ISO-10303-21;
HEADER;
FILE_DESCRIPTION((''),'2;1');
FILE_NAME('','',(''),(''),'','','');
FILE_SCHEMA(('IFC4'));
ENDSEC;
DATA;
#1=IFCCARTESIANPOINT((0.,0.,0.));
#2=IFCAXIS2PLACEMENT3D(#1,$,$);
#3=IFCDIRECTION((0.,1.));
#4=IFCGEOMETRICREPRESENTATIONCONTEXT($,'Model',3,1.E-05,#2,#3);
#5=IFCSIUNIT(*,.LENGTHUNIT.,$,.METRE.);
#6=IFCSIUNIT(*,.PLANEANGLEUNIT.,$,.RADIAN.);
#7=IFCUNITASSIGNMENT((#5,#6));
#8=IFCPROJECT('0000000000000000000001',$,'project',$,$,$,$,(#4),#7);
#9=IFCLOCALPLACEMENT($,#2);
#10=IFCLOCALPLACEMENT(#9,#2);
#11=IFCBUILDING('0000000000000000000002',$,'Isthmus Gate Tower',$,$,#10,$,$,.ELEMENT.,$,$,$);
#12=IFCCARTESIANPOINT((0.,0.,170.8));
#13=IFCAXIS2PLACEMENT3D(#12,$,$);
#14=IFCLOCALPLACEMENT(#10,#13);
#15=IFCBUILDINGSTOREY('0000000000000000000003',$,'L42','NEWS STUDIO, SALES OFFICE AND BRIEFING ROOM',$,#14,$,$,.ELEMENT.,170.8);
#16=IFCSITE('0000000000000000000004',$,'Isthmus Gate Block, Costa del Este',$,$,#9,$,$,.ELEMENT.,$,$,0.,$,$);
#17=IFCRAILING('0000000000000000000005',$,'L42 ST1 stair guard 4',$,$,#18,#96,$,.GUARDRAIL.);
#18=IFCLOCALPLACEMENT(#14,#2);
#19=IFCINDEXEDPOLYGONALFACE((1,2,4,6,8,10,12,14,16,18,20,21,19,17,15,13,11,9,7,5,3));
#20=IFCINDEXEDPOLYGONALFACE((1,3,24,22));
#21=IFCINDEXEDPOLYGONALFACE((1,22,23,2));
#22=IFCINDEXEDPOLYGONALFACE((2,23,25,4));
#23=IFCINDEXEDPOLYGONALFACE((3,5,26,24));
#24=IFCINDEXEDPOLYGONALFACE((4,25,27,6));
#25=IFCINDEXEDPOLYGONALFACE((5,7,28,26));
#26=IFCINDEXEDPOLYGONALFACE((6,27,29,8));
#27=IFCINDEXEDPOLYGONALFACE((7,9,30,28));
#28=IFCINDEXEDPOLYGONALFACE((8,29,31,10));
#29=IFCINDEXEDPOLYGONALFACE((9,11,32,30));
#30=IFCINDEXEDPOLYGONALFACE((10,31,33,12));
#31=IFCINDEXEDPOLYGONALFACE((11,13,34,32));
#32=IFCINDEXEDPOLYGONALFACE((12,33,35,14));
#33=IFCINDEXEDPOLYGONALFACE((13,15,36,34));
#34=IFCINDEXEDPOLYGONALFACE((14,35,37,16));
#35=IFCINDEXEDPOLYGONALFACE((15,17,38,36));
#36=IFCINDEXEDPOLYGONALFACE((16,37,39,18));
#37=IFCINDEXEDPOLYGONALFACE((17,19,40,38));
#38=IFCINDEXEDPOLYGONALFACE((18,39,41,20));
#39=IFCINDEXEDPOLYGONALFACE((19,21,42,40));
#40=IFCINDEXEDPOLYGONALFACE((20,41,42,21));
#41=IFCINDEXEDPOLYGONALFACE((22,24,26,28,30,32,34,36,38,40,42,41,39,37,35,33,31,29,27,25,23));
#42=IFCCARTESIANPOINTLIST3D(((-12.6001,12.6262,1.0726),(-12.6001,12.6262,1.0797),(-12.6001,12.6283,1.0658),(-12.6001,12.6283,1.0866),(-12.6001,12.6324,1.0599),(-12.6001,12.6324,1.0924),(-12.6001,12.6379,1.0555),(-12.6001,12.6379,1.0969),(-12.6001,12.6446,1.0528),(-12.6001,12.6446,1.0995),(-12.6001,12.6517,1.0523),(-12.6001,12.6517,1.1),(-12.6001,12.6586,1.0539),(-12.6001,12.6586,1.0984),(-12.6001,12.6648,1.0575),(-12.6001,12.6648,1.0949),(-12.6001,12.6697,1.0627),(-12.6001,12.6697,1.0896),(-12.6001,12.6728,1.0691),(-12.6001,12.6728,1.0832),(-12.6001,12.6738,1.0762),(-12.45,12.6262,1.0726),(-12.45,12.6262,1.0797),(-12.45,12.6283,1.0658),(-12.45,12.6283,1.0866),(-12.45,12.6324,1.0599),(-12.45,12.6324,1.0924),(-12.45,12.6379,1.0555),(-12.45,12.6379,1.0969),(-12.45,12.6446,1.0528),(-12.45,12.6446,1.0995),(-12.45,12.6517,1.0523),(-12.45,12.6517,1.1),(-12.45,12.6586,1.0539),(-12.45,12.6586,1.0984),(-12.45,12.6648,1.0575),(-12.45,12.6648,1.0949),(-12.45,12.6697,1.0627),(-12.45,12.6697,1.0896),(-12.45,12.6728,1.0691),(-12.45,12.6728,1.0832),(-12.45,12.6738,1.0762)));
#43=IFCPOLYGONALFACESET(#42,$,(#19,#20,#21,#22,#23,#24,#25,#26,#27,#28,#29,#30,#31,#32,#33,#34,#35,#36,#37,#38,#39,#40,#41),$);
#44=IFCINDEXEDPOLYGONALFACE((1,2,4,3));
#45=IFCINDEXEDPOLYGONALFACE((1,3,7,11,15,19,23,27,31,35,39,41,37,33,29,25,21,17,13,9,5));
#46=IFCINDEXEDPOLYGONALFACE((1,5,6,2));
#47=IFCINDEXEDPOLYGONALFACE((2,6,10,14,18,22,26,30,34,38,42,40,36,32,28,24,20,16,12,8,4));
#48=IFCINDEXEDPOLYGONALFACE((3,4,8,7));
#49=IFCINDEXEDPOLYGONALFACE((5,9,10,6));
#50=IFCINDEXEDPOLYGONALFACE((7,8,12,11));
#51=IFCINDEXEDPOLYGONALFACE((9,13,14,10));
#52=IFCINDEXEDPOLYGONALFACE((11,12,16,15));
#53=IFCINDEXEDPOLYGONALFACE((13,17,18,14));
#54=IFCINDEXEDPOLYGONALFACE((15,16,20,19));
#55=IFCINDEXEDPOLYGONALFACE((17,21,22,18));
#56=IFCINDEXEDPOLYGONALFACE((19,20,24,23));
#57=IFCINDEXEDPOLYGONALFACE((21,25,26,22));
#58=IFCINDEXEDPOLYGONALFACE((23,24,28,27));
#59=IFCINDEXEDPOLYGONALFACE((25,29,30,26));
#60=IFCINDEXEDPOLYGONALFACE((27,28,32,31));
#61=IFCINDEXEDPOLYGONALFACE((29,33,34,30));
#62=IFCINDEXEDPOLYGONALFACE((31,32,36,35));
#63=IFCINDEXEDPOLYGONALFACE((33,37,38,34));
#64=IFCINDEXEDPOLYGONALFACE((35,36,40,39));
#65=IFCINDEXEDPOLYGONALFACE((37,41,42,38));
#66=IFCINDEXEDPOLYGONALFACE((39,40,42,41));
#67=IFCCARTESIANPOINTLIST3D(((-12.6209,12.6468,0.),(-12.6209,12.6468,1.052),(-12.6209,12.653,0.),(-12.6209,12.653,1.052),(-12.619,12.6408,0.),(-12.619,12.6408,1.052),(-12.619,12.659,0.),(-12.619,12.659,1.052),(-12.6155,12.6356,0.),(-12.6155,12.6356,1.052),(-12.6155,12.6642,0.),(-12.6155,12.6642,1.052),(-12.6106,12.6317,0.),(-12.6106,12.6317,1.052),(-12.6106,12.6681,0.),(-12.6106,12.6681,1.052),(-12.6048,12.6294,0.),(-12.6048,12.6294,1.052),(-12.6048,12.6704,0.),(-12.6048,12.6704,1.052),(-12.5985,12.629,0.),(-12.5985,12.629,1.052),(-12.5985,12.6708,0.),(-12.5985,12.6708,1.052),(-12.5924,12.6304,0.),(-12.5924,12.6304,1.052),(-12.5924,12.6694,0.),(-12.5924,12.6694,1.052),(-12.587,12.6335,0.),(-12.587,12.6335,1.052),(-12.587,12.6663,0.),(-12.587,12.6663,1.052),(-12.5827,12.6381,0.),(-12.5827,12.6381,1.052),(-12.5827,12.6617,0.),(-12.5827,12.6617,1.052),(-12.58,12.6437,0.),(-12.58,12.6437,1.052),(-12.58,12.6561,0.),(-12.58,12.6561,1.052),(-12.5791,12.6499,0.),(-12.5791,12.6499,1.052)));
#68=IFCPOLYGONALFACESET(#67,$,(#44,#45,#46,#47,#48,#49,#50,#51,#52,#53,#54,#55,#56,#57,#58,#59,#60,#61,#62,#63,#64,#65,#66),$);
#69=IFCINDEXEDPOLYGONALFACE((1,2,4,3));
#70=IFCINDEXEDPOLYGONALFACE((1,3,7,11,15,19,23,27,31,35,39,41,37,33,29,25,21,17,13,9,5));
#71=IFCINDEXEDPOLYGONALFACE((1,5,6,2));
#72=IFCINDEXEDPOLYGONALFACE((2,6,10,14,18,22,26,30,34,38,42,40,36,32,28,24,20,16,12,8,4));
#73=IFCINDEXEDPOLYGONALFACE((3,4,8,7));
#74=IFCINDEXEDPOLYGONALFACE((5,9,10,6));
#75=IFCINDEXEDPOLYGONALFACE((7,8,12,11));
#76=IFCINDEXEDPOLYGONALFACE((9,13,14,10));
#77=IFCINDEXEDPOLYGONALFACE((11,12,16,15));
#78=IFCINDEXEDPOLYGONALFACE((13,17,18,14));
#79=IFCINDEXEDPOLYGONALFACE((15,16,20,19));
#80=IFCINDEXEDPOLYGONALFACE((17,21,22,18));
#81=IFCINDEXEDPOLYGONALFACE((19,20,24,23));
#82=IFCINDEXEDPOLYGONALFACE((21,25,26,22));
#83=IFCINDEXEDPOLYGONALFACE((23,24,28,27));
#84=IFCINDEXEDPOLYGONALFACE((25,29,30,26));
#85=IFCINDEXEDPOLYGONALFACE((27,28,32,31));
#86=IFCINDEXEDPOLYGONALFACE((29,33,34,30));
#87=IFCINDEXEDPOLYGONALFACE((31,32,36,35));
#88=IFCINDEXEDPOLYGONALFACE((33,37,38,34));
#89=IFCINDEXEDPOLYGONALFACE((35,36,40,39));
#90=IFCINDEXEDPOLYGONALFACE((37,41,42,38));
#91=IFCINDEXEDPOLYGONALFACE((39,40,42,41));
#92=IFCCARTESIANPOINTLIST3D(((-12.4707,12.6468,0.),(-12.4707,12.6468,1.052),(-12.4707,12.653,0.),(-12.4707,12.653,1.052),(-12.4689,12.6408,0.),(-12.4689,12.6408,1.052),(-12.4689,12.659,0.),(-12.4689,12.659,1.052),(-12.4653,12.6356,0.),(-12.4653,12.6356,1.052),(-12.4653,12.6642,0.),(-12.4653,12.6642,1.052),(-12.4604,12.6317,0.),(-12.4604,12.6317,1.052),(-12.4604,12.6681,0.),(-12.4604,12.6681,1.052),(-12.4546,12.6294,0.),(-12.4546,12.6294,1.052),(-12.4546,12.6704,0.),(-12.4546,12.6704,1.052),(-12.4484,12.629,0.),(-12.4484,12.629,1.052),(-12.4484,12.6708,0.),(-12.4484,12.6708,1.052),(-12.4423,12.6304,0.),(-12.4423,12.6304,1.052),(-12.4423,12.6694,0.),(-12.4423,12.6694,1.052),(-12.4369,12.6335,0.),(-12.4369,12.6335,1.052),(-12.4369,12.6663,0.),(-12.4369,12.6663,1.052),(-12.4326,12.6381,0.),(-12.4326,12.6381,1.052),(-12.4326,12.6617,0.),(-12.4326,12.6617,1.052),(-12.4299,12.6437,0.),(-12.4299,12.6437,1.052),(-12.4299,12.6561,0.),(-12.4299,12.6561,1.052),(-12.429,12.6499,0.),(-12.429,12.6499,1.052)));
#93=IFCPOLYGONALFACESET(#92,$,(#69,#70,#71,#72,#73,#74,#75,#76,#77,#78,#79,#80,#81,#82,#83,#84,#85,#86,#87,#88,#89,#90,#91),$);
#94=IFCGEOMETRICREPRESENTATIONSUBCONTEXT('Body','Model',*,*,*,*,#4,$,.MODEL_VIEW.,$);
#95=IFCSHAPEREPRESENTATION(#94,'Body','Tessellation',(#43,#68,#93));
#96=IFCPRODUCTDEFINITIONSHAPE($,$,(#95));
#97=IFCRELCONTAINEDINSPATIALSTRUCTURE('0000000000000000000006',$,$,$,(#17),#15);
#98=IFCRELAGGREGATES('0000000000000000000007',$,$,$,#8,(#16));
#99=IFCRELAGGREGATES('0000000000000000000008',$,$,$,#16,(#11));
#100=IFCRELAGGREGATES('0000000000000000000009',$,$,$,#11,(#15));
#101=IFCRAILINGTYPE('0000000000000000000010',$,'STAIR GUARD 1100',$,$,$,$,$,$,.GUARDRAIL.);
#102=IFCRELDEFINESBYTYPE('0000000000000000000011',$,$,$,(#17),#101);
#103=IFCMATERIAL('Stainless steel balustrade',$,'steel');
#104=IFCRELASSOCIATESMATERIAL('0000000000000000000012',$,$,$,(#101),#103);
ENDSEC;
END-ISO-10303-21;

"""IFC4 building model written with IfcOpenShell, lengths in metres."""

from ifc_helpers import new_model, si_unit, direction, frame, origin, origin_2d, place, context, subcontext, project, spatial, circle, extrude, material, type_object, element, save


model = new_model("IFC4")

# Units and contexts
model_context = context("Model", 3, precision=1e-05, world=origin(), true_north=direction((0.0, 1.0)))
body_context = subcontext(model_context, "Body", "Model", "MODEL_VIEW")
ifc_project = project(units=[si_unit("LENGTHUNIT", "METRE"), si_unit("PLANEANGLEUNIT", "RADIAN")], contexts=[model_context])

# Site, building, storey
site_placement = place(None, origin())
site = spatial("IfcSite", under=ifc_project, at=site_placement, Name="Isthmus Gate Block, Costa del Este", CompositionType="ELEMENT", RefElevation=0.0)
building_placement = place(site_placement, origin())
building = spatial("IfcBuilding", under=site, at=building_placement, Name="Isthmus Gate Tower", CompositionType="ELEMENT")
storey_placement = place(building_placement, frame((0.0, 0.0, 170.8)))
storey = spatial("IfcBuildingStorey", under=building, at=storey_placement, Name="L42", Description="NEWS STUDIO, SALES OFFICE AND BRIEFING ROOM", CompositionType="ELEMENT", Elevation=170.8)

# Railing
ifc_material_1 = material(Name="Stainless steel balustrade", Category="steel")
railing_type_1 = type_object("IfcRailingType", Name="STAIR GUARD 1100", PredefinedType="GUARDRAIL", material=ifc_material_1)
railing_1_placement = place(storey_placement, frame((-12.6001, 12.6499, 0.0)))
element("IfcRailing", 1, at=railing_1_placement, inside=storey, type_object=railing_type_1, Name="L42 ST1 stair guard 4", PredefinedType="GUARDRAIL", context=body_context, shape_type="SweptSolid", body=[
    extrude(circle(Radius=0.0239, at=origin_2d()), frame((0.0, 0.0, 1.0762), z_axis=(1.0, 0.0, 0.0), x_axis=(0.0, 1.0, 0.0)), (0.0, 0.0, 1.0), 0.1501),
    extrude(circle(Radius=0.021, at=origin_2d()), origin(), (0.0, 0.0, 1.0), 1.052),
    extrude(circle(Radius=0.021, at=origin_2d()), frame((0.1501, 0.0, 0.0)), (0.0, 0.0, 1.0), 1.052),
])

save(model, "model.ifc")
